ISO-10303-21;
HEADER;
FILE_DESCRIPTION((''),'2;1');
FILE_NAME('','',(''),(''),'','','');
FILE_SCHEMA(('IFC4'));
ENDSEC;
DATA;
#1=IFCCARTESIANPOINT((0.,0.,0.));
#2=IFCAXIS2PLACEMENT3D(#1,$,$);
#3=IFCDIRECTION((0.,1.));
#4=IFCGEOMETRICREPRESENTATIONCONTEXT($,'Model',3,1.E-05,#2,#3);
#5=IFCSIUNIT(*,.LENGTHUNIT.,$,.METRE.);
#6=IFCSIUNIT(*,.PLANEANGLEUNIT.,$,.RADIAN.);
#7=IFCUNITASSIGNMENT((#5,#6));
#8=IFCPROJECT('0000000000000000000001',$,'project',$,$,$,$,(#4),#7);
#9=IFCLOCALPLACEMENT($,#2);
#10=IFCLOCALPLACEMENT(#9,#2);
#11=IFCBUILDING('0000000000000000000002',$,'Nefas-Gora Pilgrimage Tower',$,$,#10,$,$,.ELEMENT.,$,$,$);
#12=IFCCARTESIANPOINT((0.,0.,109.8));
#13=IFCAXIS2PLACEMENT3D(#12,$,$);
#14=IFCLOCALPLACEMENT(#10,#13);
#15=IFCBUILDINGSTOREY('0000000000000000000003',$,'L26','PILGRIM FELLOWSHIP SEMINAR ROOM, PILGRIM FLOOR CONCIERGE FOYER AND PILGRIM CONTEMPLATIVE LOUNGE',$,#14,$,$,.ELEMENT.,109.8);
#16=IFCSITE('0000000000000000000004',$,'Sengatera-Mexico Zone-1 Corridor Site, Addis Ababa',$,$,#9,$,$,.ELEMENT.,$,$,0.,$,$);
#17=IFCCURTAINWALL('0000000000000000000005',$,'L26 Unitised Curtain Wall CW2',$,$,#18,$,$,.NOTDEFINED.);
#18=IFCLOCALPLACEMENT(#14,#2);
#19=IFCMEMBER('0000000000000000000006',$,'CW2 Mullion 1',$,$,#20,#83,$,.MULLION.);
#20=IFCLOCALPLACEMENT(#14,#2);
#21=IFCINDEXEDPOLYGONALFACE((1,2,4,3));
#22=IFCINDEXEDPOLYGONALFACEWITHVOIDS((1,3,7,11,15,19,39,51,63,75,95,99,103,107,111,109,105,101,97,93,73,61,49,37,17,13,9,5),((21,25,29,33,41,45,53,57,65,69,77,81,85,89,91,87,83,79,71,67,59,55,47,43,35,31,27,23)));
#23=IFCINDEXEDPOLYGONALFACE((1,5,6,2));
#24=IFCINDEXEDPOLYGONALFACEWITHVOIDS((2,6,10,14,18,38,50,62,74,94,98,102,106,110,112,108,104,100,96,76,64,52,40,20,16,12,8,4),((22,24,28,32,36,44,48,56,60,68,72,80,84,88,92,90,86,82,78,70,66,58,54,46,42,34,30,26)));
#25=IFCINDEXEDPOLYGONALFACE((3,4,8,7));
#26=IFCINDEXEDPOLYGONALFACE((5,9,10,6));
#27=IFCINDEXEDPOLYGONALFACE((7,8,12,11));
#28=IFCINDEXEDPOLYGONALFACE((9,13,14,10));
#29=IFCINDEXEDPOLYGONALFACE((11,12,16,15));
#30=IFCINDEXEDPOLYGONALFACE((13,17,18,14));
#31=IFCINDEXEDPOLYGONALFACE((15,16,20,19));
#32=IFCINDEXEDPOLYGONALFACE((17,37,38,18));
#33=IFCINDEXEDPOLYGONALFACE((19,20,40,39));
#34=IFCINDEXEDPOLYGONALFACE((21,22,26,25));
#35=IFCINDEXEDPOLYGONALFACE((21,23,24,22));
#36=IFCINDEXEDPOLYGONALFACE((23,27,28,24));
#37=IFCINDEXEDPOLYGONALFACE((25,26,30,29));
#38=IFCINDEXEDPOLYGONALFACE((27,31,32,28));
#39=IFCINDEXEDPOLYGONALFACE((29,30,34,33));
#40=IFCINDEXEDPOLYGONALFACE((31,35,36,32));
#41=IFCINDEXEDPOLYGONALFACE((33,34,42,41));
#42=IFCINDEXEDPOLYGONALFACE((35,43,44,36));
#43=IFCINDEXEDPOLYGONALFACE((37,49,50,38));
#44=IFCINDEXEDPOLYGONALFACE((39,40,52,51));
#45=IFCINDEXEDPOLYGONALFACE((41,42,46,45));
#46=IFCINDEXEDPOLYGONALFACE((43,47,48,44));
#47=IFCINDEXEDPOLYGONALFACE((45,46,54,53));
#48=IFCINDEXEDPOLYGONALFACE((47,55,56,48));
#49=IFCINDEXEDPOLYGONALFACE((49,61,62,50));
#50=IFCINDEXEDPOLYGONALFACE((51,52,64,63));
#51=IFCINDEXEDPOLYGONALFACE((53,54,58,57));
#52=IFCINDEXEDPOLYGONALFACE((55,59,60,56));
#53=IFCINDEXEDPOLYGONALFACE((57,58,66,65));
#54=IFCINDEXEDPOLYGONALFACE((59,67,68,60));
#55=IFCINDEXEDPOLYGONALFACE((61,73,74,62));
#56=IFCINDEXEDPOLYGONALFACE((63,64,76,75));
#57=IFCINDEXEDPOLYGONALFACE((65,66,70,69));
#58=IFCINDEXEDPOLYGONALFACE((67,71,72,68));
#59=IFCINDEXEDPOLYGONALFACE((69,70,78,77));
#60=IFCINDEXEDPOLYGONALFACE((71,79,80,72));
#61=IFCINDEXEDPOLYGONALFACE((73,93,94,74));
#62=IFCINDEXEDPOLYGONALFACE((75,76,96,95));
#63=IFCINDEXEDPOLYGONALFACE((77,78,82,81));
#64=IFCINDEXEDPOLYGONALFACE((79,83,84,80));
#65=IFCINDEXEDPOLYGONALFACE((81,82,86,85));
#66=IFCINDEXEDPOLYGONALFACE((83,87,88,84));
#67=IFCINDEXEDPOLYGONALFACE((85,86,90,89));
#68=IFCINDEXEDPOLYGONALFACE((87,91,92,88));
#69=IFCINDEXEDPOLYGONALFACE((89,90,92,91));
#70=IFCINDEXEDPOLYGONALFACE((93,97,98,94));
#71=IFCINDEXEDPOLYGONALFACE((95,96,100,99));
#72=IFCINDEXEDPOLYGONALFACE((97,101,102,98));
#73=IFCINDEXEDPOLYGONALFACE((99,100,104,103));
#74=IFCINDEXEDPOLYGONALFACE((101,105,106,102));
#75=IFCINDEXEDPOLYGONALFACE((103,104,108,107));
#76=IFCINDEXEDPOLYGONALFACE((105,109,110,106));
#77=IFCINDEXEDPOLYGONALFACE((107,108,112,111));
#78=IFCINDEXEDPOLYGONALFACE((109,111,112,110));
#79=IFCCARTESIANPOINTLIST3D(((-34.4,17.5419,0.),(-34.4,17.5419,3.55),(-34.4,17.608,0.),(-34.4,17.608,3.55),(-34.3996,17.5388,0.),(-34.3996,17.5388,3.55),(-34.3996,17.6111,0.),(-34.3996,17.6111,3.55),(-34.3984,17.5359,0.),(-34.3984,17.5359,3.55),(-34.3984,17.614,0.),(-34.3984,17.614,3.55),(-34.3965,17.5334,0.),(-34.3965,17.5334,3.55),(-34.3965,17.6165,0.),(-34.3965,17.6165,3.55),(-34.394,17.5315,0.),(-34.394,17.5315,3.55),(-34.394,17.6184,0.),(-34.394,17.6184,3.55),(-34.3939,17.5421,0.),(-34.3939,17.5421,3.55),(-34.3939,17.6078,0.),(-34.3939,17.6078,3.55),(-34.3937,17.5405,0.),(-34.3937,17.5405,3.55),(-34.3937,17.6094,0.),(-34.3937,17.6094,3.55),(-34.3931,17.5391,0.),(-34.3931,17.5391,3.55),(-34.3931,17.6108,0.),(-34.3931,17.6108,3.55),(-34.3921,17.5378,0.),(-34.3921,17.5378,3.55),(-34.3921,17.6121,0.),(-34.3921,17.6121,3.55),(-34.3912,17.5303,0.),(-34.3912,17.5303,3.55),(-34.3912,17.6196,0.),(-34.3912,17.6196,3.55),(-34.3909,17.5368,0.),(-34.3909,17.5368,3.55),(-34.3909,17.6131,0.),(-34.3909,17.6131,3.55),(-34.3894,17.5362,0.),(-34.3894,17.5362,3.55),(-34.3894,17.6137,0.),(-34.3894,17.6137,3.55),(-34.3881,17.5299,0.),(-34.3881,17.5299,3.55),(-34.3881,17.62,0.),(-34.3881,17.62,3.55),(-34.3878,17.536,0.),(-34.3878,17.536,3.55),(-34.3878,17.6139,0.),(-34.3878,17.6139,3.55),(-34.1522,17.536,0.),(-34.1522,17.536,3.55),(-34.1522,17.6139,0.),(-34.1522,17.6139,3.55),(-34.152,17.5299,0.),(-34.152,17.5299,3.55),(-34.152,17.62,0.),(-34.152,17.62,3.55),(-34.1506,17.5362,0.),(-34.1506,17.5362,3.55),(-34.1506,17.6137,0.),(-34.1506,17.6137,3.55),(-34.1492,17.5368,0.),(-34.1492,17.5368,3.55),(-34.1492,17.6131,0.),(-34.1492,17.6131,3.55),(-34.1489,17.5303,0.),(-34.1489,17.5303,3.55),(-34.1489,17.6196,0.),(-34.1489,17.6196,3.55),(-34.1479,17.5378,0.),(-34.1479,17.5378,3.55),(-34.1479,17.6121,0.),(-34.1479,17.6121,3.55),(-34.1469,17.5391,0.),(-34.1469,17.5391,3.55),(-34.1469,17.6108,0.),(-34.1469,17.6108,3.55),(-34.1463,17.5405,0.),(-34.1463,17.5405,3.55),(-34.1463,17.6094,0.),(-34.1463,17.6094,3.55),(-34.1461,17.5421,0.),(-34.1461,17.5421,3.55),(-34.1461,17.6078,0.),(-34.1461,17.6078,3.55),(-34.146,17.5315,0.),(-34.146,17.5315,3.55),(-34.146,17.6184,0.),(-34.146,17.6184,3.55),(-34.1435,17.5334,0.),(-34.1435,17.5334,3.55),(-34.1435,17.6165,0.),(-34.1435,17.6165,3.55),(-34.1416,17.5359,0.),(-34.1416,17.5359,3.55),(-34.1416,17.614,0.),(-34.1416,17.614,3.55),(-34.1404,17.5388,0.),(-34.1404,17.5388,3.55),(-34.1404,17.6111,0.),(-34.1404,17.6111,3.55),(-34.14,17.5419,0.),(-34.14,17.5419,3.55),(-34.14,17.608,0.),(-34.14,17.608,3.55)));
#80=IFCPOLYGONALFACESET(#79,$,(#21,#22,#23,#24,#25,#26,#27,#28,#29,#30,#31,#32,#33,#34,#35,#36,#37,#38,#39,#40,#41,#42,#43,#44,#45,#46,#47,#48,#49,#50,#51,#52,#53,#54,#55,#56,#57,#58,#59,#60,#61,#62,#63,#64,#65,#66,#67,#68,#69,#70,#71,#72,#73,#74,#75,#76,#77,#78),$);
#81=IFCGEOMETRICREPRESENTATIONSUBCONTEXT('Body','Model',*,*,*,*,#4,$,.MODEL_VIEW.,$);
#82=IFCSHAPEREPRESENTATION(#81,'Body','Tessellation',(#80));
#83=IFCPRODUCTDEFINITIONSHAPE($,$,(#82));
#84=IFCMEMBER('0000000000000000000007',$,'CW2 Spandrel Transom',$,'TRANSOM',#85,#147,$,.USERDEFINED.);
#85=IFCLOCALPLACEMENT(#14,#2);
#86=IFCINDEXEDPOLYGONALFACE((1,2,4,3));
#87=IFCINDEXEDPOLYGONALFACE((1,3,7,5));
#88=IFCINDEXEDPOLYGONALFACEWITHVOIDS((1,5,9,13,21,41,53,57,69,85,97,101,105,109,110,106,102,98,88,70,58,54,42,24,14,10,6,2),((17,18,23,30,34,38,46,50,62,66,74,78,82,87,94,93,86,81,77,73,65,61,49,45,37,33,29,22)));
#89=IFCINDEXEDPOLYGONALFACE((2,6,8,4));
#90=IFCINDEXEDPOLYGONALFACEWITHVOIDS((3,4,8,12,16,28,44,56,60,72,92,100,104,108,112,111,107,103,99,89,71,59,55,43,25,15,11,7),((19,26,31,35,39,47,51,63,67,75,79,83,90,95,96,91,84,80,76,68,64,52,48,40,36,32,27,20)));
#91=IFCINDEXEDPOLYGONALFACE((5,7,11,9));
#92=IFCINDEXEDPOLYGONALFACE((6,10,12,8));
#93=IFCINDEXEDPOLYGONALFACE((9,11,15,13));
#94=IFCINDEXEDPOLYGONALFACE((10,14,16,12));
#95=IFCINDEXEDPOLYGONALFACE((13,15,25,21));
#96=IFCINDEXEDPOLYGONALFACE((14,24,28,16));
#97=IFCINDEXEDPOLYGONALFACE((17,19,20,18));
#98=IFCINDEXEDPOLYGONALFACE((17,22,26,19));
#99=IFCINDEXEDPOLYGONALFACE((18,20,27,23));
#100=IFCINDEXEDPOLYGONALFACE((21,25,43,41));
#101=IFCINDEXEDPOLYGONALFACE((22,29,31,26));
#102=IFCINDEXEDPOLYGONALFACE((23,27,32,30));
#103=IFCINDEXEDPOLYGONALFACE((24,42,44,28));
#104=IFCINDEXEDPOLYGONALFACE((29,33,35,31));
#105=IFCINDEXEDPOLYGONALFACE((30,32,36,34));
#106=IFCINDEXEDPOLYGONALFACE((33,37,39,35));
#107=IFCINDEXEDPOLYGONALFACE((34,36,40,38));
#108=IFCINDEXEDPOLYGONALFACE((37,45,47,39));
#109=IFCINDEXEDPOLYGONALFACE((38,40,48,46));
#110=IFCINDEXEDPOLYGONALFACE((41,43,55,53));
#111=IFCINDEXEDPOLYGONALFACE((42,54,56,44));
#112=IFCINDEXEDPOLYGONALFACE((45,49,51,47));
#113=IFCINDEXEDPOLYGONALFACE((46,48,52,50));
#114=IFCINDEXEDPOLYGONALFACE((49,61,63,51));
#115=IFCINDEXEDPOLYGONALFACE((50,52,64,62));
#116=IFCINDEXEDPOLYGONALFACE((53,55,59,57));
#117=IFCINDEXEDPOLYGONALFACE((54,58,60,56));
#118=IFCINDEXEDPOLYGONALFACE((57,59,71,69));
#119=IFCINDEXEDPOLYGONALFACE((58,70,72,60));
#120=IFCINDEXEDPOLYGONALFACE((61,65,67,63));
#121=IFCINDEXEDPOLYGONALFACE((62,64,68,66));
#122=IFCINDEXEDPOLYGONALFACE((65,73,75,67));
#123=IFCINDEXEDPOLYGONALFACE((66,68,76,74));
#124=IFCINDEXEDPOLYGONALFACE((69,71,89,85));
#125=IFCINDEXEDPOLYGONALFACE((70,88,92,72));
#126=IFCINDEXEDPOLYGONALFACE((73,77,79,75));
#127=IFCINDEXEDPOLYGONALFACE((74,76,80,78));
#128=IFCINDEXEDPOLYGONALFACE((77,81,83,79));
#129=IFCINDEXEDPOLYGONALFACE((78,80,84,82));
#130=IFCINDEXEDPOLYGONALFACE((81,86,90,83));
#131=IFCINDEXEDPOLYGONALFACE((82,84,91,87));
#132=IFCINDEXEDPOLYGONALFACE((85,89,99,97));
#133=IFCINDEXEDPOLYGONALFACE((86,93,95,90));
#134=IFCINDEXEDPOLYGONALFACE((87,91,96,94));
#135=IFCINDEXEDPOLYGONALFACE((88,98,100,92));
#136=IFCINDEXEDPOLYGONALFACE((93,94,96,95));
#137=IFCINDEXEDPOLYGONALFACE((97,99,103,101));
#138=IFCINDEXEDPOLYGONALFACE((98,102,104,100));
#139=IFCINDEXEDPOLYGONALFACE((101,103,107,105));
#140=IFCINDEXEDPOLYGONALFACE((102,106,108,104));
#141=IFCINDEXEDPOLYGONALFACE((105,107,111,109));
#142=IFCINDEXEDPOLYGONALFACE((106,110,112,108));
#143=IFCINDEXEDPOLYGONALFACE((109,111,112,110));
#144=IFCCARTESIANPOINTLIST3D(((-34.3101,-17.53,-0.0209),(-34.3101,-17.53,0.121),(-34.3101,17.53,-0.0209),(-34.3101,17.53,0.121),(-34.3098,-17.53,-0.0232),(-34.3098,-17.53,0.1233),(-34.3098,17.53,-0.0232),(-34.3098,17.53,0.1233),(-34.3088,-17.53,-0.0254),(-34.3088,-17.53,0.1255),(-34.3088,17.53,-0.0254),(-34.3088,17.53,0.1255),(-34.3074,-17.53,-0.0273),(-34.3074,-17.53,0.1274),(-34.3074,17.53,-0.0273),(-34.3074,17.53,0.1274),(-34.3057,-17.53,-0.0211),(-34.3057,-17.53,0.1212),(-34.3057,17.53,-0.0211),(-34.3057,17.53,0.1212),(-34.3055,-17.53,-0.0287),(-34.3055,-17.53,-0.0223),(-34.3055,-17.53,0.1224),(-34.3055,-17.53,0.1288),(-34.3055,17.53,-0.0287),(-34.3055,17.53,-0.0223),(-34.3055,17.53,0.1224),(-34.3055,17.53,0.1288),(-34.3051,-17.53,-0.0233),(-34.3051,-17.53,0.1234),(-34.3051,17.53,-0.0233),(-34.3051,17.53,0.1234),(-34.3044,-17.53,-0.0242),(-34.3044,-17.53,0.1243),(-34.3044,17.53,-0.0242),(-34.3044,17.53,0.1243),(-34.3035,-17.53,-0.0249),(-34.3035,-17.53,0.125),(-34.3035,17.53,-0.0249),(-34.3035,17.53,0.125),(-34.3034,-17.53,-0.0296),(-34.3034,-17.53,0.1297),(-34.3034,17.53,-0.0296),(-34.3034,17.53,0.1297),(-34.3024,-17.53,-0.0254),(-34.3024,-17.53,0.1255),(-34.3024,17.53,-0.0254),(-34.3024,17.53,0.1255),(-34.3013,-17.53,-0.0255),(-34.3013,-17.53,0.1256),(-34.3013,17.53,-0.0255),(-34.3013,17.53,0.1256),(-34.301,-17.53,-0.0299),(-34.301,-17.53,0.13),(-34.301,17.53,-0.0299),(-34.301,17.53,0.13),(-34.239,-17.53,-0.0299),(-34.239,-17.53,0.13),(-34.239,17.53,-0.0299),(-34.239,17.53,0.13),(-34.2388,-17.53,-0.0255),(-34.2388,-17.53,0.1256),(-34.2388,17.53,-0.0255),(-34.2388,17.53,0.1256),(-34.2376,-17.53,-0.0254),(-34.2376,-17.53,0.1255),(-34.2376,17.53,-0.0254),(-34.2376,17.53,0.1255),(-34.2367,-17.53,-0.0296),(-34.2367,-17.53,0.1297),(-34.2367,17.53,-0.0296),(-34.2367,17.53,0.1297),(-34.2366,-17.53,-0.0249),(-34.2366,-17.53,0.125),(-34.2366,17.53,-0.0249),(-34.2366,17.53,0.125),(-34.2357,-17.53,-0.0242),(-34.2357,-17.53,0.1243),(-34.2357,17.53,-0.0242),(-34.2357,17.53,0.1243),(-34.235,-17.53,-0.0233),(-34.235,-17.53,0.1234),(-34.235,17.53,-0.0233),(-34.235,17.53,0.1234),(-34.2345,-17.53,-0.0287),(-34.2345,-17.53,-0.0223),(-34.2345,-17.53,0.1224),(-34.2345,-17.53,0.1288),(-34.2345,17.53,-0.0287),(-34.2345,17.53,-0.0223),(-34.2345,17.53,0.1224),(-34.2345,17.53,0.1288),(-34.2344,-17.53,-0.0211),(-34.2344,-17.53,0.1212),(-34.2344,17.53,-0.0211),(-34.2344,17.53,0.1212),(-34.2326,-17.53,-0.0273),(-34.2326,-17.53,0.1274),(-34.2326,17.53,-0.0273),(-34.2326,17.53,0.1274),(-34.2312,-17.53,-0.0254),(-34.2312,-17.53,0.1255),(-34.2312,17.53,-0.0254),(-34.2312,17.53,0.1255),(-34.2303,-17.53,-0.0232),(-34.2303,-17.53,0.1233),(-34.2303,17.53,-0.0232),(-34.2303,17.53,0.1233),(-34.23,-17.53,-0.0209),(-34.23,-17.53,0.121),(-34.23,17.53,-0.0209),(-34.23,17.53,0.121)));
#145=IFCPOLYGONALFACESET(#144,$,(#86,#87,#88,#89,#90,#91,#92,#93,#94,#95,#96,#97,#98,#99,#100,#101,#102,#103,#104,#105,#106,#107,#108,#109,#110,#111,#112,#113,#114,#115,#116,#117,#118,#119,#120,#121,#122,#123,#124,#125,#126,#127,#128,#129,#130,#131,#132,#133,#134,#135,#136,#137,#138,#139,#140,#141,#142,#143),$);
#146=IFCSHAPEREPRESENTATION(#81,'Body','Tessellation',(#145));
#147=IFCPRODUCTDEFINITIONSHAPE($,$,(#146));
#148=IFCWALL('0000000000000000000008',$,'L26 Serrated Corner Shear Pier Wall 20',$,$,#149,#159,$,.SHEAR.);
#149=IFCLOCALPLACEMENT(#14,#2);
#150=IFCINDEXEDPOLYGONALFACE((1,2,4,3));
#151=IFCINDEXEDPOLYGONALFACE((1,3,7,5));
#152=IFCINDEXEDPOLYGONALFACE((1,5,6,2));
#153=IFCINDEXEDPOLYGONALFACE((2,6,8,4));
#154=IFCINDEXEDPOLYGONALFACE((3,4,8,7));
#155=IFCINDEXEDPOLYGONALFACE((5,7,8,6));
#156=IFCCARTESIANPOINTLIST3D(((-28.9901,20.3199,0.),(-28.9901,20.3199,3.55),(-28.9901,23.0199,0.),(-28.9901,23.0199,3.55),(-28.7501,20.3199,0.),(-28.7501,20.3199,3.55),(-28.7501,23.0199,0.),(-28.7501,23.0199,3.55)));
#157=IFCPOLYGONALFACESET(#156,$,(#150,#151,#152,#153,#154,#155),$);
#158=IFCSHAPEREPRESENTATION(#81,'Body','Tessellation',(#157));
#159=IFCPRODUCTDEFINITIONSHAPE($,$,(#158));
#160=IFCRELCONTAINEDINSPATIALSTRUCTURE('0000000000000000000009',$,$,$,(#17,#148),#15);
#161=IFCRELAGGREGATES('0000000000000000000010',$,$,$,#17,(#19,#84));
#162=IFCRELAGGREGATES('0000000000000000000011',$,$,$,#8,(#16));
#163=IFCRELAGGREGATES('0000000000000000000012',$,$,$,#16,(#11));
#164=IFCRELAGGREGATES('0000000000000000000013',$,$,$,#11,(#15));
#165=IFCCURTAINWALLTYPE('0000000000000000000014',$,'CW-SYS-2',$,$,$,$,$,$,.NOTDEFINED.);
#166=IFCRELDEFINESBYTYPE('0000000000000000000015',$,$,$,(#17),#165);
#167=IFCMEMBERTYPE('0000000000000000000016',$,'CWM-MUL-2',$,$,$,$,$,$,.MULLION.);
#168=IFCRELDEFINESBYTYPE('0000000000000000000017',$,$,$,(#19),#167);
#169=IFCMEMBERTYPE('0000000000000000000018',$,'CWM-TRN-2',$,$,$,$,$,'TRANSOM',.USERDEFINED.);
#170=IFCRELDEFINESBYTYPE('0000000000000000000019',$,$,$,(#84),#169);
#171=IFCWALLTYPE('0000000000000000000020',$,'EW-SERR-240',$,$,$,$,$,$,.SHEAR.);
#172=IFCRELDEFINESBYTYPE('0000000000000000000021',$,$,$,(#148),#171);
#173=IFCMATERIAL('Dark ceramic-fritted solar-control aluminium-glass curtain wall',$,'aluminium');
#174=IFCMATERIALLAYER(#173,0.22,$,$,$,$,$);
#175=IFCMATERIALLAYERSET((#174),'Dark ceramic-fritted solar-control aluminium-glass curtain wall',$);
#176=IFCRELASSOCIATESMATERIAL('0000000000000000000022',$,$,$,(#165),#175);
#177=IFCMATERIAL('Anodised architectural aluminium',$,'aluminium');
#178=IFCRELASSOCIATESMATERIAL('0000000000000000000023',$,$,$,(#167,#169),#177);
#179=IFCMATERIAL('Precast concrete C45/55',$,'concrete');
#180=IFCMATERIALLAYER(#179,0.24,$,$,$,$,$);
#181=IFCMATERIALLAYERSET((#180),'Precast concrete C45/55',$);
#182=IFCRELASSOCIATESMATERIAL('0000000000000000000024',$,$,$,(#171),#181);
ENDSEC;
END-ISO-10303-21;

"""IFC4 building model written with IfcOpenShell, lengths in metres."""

from ifc_helpers import new_model, si_unit, direction, frame, frame_2d, origin, origin_2d, place, context, subcontext, project, spatial, rectangle, hollow_rectangle, extrude, source, transform, mapped, material, layer, layer_set, material_profile, profile_set, type_object, element, aggregate, save


model = new_model("IFC4")

# Units and contexts
model_context = context("Model", 3, precision=1e-05, world=origin(), true_north=direction((0.0, 1.0)))
body_context = subcontext(model_context, "Body", "Model", "MODEL_VIEW")
ifc_project = project(units=[si_unit("LENGTHUNIT", "METRE"), si_unit("PLANEANGLEUNIT", "RADIAN")], contexts=[model_context])

# Site, building, storey
site_placement = place(None, origin())
site = spatial("IfcSite", under=ifc_project, at=site_placement, Name="Sengatera-Mexico Zone-1 Corridor Site, Addis Ababa", CompositionType="ELEMENT", RefElevation=0.0)
building_placement = place(site_placement, origin())
building = spatial("IfcBuilding", under=site, at=building_placement, Name="Nefas-Gora Pilgrimage Tower", CompositionType="ELEMENT")
storey_placement = place(building_placement, frame((0.0, 0.0, 109.8)))
storey = spatial("IfcBuildingStorey", under=building, at=storey_placement, Name="L26", Description="PILGRIM FELLOWSHIP SEMINAR ROOM, PILGRIM FLOOR CONCIERGE FOYER AND PILGRIM CONTEMPLATIVE LOUNGE", CompositionType="ELEMENT", Elevation=109.8)

# Shared definitions
ifc_material_1 = material(Name="Dark ceramic-fritted solar-control aluminium-glass curtain wall", Category="aluminium")
ifc_layer_1 = layer(ifc_material_1, 0.22)
ifc_layer_set_1 = layer_set([ifc_layer_1], Name="Dark ceramic-fritted solar-control aluminium-glass curtain wall")
curtain_wall_type = type_object("IfcCurtainWallType", Name="CW-SYS-2", PredefinedType="NOTDEFINED", material=ifc_layer_set_1)
ifc_material_2 = material(Name="Anodised architectural aluminium", Category="aluminium")
ifc_material_profile_1 = material_profile(ifc_material_2, hollow_rectangle(XDim=0.0901, YDim=0.26, WallThickness=0.0061, InnerFilletRadius=0.0061, OuterFilletRadius=0.012, at=origin_2d()), Name="ALU MULLION 90x260")
ifc_profile_set_1 = profile_set([ifc_material_profile_1], Name="Anodised architectural aluminium")
member_type_1 = type_object("IfcMemberType", Name="CWM-MUL-2", PredefinedType="MULLION", material=ifc_profile_set_1)
shared_shape_1 = source(origin(), body_context, "Body", "SweptSolid", [
    extrude(hollow_rectangle(XDim=0.0901, YDim=0.26, WallThickness=0.0061, InnerFilletRadius=0.0061, OuterFilletRadius=0.012, at=origin_2d()), origin(), (0.0, 0.0, 1.0), 3.55),
])

# Curtain wall, members
curtain_wall_1_placement = place(storey_placement, origin())
curtain_wall_1 = element("IfcCurtainWall", 1, at=curtain_wall_1_placement, inside=storey, type_object=curtain_wall_type, Name="L26 Unitised Curtain Wall CW2", PredefinedType="NOTDEFINED")
member_1_placement = place(storey_placement, frame((-34.27, 17.575, 0.0), z_axis=(0.0, 0.0, 1.0), x_axis=(0.0, -1.0, 0.0)))
member_1 = element("IfcMember", 2, at=member_1_placement, type_object=member_type_1, Name="CW2 Mullion 1", PredefinedType="MULLION", context=body_context, shape_type="MappedRepresentation", body=[
    mapped(shared_shape_1, transform((0.0, 0.0, 0.0), x_axis=(1.0, 0.0, 0.0), y_axis=(0.0, 1.0, 0.0), z_axis=(0.0, 0.0, 1.0), scale=1.0)),
])
ifc_material_profile_2 = material_profile(ifc_material_2, hollow_rectangle(XDim=0.0801, YDim=0.1599, WallThickness=0.0044, InnerFilletRadius=0.0044, OuterFilletRadius=0.009, at=origin_2d()), Name="ALU TRANSOM 80x160")
ifc_profile_set_2 = profile_set([ifc_material_profile_2], Name="Anodised architectural aluminium")
member_type_2 = type_object("IfcMemberType", Name="CWM-TRN-2", ElementType="TRANSOM", PredefinedType="USERDEFINED", material=ifc_profile_set_2)
shared_shape_2 = source(origin(), body_context, "Body", "SweptSolid", [
    extrude(hollow_rectangle(XDim=0.0801, YDim=0.1599, WallThickness=0.0044, InnerFilletRadius=0.0044, OuterFilletRadius=0.009, at=origin_2d()), origin(), (0.0, 0.0, 1.0), 35.0601),
])
member_2_placement = place(storey_placement, frame((-34.27, 17.53, 0.05), z_axis=(0.0, -1.0, 0.0), x_axis=(1.0, 0.0, 0.0)))
member_2 = element("IfcMember", 3, at=member_2_placement, type_object=member_type_2, Name="CW2 Spandrel Transom", ObjectType="TRANSOM", PredefinedType="USERDEFINED", context=body_context, shape_type="MappedRepresentation", body=[
    mapped(shared_shape_2, transform((0.0, 0.0, 0.0), x_axis=(1.0, 0.0, 0.0), y_axis=(0.0, 1.0, 0.0), z_axis=(0.0, 0.0, 1.0), scale=1.0)),
])
aggregate(curtain_wall_1, [member_1, member_2])

# Wall
ifc_material_3 = material(Name="Precast concrete C45/55", Category="concrete")
ifc_layer_2 = layer(ifc_material_3, 0.24)
ifc_layer_set_2 = layer_set([ifc_layer_2], Name="Precast concrete C45/55")
wall_type_1 = type_object("IfcWallType", Name="EW-SERR-240", PredefinedType="SHEAR", material=ifc_layer_set_2)
shared_shape_3 = source(origin(), body_context, "Body", "SweptSolid", [
    extrude(rectangle(XDim=2.7, YDim=0.24, at=frame_2d((1.3501, 0.0))), origin(), (0.0, 0.0, 1.0), 3.55),
])
wall_1_placement = place(storey_placement, frame((-28.8701, 23.02, 0.0), z_axis=(0.0, 0.0, 1.0), x_axis=(0.0, -1.0, 0.0)))
element("IfcWall", 4, at=wall_1_placement, inside=storey, type_object=wall_type_1, Name="L26 Serrated Corner Shear Pier Wall 20", PredefinedType="SHEAR", context=body_context, shape_type="MappedRepresentation", body=[
    mapped(shared_shape_3, transform((0.0, 0.0, 0.0), x_axis=(1.0, 0.0, 0.0), y_axis=(0.0, 1.0, 0.0), z_axis=(0.0, 0.0, 1.0), scale=1.0)),
])

save(model, "model.ifc")
